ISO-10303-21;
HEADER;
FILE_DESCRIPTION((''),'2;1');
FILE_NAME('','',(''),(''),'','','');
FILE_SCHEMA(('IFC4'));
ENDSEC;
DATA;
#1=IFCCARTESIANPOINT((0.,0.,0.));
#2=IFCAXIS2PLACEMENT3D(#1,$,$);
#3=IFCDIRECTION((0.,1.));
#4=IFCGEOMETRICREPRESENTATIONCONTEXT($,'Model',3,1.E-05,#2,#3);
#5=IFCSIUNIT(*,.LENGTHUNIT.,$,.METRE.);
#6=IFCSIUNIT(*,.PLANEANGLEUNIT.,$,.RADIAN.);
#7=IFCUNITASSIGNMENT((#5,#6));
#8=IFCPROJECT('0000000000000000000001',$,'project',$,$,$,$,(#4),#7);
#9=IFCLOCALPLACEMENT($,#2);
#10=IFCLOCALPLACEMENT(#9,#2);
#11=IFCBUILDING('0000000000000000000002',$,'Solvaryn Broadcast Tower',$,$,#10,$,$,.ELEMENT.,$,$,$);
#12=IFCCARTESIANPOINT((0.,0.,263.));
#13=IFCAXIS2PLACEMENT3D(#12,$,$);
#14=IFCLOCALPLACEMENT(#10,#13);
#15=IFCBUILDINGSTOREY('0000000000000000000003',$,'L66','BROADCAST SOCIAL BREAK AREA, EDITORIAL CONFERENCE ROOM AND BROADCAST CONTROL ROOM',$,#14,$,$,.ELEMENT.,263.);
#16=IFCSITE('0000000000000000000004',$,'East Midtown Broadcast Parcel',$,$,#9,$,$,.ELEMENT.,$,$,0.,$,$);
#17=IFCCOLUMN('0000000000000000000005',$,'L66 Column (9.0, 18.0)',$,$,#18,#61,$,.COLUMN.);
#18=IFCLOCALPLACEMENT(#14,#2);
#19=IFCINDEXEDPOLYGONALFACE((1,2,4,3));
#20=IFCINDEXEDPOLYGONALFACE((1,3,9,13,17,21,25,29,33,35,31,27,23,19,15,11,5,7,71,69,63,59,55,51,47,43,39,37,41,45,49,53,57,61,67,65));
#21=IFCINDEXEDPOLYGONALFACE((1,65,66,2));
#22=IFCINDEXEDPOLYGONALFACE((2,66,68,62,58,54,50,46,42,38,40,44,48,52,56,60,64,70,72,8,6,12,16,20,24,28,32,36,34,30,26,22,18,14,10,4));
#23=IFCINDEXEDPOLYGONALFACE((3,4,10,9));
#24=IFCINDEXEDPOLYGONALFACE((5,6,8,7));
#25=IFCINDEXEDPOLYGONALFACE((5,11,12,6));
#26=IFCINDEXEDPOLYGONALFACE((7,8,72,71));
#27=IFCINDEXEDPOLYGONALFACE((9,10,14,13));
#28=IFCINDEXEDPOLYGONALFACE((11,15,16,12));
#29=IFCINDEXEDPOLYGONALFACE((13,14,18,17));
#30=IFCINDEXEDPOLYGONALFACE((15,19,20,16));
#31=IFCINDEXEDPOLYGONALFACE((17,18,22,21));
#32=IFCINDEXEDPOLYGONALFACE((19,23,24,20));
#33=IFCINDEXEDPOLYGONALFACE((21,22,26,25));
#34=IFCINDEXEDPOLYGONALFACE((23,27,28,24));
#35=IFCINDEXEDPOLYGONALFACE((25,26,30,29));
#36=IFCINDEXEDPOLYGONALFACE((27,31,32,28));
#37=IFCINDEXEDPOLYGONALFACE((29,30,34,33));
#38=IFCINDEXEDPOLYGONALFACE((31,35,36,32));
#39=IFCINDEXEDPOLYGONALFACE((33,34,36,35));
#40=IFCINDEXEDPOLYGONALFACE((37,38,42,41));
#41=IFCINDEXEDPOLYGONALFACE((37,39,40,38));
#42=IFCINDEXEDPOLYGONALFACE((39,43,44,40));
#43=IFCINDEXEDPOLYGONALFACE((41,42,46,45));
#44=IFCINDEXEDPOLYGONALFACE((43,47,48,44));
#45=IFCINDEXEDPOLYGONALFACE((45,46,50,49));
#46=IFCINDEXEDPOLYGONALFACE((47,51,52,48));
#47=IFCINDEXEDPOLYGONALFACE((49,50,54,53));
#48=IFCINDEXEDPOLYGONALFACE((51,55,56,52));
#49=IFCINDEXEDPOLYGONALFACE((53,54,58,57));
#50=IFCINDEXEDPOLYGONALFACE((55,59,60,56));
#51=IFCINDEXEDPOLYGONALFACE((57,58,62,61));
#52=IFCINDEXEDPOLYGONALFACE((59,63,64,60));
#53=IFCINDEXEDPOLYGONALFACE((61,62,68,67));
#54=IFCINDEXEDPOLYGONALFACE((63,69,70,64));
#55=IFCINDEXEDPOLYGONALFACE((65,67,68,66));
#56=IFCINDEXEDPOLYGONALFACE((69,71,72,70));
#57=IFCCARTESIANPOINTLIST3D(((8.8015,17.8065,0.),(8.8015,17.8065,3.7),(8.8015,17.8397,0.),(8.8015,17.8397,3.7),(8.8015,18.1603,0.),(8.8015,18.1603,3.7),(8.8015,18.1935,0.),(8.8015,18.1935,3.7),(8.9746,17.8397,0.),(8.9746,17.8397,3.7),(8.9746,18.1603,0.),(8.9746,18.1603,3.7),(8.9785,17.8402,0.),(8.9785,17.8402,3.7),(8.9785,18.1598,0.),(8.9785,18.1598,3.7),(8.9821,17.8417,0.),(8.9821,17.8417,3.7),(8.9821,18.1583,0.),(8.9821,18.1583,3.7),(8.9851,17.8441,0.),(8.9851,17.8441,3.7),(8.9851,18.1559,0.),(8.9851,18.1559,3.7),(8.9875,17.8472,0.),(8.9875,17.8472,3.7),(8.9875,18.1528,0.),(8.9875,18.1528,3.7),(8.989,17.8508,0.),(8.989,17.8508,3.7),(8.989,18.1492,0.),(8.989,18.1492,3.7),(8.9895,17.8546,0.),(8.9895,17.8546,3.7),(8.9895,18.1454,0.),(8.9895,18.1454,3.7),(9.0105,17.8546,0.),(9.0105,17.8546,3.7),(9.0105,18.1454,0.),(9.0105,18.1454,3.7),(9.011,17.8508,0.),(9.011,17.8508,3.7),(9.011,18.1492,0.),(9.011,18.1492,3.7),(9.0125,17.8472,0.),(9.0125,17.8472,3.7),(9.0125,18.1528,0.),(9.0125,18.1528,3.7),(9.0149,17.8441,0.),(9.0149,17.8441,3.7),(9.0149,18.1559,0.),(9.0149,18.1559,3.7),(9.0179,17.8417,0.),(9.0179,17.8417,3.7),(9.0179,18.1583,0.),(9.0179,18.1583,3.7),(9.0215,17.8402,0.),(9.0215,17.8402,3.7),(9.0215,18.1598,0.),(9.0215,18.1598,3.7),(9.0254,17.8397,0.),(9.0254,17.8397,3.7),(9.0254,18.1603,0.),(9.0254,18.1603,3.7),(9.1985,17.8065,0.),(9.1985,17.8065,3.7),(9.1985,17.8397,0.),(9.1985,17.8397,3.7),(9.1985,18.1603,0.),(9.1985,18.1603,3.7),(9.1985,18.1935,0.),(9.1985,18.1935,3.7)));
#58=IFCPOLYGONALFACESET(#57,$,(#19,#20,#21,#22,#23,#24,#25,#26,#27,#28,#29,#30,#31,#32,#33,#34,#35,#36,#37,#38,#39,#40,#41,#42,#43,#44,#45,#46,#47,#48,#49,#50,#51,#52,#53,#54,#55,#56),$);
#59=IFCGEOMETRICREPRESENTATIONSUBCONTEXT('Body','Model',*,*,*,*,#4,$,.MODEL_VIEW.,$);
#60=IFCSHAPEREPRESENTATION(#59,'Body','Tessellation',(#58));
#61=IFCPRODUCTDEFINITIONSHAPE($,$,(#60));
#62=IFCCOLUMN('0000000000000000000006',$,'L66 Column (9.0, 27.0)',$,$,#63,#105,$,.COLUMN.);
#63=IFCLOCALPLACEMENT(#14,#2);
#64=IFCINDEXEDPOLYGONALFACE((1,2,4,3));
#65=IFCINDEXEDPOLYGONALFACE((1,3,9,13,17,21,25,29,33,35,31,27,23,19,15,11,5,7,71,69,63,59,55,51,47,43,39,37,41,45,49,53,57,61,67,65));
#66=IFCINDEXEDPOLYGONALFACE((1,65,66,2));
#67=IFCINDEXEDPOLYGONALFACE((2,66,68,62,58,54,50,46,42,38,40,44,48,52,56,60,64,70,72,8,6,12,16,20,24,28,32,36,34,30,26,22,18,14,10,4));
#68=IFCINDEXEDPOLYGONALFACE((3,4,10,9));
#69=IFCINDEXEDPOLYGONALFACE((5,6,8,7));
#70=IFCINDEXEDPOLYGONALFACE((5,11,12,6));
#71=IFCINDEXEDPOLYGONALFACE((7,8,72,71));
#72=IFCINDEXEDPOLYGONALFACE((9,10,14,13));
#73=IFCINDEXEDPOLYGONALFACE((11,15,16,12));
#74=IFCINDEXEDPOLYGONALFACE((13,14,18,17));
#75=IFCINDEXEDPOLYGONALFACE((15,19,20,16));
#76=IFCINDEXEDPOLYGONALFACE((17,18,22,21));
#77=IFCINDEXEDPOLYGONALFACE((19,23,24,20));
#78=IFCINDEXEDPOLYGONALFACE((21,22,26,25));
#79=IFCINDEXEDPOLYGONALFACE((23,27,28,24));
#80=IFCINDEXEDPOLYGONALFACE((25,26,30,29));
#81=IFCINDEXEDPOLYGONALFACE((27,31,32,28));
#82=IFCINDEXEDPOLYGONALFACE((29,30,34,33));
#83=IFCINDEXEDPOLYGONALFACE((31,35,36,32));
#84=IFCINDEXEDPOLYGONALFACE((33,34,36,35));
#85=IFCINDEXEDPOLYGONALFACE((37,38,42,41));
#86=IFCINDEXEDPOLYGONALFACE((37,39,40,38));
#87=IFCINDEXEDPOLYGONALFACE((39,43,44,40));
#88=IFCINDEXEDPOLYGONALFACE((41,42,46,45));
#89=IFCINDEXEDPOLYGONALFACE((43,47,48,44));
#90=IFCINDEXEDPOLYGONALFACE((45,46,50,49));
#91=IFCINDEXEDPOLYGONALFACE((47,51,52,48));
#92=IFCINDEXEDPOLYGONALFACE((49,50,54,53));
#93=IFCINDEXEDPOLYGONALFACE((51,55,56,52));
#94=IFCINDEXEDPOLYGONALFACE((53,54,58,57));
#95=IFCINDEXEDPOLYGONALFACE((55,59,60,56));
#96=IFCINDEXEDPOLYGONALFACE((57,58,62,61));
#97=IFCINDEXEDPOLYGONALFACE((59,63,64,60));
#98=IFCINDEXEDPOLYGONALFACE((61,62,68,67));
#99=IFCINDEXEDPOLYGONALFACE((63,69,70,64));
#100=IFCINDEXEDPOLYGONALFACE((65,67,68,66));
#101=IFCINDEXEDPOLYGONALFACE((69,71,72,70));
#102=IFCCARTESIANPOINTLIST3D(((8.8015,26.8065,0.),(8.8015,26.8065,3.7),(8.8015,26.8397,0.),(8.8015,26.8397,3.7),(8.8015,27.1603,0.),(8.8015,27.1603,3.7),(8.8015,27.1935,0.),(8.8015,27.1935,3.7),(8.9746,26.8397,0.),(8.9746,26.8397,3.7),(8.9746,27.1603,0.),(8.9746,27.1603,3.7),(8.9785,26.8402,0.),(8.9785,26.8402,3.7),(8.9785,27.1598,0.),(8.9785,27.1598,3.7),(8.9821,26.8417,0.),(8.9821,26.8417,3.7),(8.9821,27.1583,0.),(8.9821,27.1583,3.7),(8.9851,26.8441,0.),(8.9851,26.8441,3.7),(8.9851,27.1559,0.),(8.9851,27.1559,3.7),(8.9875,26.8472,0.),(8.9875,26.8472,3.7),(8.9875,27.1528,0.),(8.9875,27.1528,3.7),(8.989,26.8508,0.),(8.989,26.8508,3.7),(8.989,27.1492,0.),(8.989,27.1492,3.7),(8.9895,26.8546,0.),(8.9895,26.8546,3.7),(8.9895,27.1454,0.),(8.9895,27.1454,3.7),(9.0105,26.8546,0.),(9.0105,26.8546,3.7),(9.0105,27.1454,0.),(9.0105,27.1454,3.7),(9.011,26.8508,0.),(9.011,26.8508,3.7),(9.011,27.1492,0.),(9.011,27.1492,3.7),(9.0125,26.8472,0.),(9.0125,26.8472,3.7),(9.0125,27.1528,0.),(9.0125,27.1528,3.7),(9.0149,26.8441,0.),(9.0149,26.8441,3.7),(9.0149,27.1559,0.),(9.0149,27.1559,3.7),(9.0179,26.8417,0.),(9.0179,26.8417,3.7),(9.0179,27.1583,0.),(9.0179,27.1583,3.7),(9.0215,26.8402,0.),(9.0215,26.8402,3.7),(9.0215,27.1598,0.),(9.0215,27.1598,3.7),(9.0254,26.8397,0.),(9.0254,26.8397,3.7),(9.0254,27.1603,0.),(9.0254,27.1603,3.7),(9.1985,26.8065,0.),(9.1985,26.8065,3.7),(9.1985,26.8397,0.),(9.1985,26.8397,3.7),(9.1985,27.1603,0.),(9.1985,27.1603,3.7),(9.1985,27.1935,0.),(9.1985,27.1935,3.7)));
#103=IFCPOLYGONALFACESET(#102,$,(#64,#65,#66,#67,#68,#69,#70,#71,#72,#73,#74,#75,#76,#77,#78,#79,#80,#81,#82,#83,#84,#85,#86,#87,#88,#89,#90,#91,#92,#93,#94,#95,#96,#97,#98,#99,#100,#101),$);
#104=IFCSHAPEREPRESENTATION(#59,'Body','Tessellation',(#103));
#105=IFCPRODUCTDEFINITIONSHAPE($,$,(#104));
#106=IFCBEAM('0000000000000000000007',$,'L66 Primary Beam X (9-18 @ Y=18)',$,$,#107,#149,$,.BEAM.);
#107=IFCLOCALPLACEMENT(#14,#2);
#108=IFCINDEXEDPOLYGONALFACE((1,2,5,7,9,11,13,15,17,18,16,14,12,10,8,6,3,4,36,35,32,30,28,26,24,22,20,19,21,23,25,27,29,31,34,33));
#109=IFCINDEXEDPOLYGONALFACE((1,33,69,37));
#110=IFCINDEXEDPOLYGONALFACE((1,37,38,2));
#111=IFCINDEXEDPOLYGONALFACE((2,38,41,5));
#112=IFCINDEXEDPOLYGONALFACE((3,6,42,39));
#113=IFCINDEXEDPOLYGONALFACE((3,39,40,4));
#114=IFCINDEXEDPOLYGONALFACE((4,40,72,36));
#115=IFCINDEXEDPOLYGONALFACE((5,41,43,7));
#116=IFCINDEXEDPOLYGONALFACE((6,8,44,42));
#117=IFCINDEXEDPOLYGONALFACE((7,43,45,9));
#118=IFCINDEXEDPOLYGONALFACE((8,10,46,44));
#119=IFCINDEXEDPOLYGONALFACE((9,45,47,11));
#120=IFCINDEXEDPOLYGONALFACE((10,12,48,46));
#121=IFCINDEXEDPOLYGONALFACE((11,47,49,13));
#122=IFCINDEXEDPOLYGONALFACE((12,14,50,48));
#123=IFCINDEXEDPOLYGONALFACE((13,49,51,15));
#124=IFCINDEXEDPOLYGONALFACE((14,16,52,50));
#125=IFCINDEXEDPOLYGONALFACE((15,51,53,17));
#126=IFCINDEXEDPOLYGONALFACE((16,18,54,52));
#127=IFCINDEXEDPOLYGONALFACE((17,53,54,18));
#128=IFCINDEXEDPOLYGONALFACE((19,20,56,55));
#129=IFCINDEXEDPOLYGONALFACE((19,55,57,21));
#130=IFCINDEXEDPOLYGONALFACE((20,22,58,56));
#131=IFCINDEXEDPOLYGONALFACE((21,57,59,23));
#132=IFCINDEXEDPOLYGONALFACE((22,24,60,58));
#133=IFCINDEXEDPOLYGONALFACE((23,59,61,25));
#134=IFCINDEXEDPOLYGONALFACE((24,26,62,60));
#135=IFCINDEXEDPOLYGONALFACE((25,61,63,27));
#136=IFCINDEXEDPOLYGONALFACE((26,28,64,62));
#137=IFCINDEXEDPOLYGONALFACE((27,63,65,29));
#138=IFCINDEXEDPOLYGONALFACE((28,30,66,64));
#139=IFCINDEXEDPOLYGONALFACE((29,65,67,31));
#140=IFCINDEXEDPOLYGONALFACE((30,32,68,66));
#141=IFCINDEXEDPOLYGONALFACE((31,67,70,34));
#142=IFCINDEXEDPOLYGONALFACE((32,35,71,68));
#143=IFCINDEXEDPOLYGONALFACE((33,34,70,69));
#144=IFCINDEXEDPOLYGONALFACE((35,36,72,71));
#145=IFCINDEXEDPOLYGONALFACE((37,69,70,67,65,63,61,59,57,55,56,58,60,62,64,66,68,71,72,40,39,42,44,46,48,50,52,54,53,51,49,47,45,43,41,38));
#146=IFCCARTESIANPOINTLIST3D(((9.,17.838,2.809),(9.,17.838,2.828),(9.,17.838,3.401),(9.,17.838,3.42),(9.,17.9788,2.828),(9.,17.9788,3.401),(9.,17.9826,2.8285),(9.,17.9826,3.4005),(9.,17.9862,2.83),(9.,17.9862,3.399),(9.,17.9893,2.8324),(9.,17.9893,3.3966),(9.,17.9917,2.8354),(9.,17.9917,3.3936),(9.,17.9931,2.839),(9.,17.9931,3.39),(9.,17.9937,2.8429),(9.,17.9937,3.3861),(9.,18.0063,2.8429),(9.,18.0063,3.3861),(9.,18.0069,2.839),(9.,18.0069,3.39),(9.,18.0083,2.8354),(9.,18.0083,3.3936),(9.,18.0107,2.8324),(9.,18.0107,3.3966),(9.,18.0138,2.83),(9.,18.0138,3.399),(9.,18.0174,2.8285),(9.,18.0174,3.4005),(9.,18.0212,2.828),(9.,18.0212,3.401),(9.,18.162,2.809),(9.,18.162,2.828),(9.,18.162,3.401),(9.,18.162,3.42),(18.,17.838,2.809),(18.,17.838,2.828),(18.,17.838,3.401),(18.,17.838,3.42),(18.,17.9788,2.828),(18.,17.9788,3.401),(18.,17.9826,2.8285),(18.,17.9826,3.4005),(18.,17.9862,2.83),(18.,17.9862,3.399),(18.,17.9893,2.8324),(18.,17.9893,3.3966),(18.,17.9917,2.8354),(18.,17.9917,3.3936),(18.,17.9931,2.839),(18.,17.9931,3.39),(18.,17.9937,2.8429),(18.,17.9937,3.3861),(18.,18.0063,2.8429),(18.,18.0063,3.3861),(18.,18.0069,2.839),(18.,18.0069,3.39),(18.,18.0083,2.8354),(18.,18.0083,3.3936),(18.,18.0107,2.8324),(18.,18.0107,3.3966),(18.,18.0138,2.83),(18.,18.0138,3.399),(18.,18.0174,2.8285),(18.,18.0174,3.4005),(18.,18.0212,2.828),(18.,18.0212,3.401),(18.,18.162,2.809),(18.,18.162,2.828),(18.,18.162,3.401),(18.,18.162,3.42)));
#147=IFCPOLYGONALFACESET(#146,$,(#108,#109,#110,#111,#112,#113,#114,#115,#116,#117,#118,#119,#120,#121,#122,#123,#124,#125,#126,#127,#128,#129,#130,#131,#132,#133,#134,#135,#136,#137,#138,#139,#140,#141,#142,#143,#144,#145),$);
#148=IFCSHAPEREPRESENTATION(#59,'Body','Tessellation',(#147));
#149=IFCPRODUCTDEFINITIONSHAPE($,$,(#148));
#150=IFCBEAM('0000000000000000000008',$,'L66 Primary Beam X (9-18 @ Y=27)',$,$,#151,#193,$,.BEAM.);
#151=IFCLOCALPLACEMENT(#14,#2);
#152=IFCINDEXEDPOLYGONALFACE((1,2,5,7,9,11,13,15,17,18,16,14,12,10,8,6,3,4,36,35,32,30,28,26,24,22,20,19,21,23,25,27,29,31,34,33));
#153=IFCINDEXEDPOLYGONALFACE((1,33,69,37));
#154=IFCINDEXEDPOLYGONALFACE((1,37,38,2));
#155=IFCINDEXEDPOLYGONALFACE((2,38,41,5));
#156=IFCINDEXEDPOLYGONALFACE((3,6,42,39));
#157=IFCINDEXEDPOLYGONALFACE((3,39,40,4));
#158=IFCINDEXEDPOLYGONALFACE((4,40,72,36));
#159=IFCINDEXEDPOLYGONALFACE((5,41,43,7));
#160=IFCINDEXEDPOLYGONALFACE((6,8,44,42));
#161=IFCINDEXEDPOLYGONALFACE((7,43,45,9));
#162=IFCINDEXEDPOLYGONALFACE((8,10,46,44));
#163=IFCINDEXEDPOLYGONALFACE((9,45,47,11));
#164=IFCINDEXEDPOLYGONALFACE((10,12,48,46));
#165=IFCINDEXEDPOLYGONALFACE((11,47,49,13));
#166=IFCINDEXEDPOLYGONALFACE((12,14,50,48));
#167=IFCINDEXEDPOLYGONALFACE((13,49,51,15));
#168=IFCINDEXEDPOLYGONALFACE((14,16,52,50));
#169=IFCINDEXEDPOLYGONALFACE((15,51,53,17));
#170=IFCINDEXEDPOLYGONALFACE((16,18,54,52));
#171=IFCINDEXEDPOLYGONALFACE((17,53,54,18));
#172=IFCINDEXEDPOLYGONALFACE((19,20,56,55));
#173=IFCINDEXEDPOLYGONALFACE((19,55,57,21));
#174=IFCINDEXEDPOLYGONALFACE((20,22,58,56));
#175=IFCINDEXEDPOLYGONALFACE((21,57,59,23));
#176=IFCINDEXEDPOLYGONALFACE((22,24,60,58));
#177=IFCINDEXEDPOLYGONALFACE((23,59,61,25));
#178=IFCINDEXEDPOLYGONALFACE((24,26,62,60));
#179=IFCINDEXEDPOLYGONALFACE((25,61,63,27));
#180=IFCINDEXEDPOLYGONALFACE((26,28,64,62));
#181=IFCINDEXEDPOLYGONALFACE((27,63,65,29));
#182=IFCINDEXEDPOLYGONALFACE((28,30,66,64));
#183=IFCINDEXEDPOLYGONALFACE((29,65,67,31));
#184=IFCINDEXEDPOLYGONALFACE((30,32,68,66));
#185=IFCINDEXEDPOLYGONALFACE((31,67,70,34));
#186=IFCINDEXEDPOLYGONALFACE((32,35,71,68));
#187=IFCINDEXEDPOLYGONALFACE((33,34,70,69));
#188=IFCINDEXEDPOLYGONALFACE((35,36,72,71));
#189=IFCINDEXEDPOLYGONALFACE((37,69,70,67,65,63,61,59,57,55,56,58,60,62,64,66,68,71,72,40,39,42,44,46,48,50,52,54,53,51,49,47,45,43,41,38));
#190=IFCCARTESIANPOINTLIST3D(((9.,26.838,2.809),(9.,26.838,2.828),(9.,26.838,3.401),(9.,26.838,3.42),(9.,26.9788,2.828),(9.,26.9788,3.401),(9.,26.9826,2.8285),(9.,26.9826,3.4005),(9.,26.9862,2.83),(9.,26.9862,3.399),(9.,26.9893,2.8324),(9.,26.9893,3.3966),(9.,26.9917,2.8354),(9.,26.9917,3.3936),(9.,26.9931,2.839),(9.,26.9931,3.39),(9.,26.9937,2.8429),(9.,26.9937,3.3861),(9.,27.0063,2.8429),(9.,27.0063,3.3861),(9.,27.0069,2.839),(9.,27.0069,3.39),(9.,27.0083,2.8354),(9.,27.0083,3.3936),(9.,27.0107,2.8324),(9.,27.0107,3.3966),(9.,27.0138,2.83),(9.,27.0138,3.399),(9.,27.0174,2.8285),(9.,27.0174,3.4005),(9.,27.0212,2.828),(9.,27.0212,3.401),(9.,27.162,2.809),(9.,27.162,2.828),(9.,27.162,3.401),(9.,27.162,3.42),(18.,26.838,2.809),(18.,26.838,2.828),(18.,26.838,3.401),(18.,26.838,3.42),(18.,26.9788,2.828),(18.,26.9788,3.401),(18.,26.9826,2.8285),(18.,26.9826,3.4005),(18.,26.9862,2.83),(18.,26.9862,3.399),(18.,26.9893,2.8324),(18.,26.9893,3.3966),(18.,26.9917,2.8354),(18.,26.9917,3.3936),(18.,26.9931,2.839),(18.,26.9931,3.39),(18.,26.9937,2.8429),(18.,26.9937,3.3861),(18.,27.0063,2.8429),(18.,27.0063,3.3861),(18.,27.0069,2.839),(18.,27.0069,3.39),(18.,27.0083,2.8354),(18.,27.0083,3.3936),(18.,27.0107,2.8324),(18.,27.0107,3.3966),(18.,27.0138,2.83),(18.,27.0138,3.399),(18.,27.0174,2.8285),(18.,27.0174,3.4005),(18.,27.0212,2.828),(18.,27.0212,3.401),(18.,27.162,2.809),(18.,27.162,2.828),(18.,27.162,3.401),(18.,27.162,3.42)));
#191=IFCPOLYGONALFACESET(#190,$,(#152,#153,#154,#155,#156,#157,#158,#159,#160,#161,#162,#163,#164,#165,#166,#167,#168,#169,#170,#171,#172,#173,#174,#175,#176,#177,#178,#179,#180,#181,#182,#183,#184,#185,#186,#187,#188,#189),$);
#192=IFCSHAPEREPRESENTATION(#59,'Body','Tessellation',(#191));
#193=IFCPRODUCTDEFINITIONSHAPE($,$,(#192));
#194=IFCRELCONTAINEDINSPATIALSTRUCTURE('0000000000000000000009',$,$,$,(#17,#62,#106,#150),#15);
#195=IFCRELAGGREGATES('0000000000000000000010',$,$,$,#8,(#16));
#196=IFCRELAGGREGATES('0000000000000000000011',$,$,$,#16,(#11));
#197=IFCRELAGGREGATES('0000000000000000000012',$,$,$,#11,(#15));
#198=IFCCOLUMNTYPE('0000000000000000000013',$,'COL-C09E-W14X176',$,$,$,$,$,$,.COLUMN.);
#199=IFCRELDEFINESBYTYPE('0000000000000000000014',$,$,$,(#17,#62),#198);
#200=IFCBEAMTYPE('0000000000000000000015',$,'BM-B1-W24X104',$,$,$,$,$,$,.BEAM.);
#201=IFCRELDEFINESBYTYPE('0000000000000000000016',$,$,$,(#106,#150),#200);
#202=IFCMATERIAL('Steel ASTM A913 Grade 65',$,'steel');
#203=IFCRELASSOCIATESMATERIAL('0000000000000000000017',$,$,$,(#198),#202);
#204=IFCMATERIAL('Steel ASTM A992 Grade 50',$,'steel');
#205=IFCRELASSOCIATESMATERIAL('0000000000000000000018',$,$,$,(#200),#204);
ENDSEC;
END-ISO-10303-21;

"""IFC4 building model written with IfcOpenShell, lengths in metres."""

from ifc_helpers import new_model, si_unit, direction, frame, origin, origin_2d, place, context, subcontext, project, spatial, i_section, extrude, material, material_profile, profile_set, type_object, element, save


model = new_model("IFC4")

# Units and contexts
model_context = context("Model", 3, precision=1e-05, world=origin(), true_north=direction((0.0, 1.0)))
body_context = subcontext(model_context, "Body", "Model", "MODEL_VIEW")
ifc_project = project(units=[si_unit("LENGTHUNIT", "METRE"), si_unit("PLANEANGLEUNIT", "RADIAN")], contexts=[model_context])

# Site, building, storey
site_placement = place(None, origin())
site = spatial("IfcSite", under=ifc_project, at=site_placement, Name="East Midtown Broadcast Parcel", CompositionType="ELEMENT", RefElevation=0.0)
building_placement = place(site_placement, origin())
building = spatial("IfcBuilding", under=site, at=building_placement, Name="Solvaryn Broadcast Tower", CompositionType="ELEMENT")
storey_placement = place(building_placement, frame((0.0, 0.0, 263.0)))
storey = spatial("IfcBuildingStorey", under=building, at=storey_placement, Name="L66", Description="BROADCAST SOCIAL BREAK AREA, EDITORIAL CONFERENCE ROOM AND BROADCAST CONTROL ROOM", CompositionType="ELEMENT", Elevation=263.0)

# Columns
ifc_material_1 = material(Name="Steel ASTM A913 Grade 65", Category="steel")
ifc_material_profile_1 = material_profile(ifc_material_1, i_section(OverallWidth=0.397, OverallDepth=0.387, WebThickness=0.021, FlangeThickness=0.0332, FilletRadius=0.0149, at=origin_2d()))
ifc_profile_set_1 = profile_set([ifc_material_profile_1], Name="Steel ASTM A913 Grade 65")
column_type = type_object("IfcColumnType", Name="COL-C09E-W14X176", PredefinedType="COLUMN", material=ifc_profile_set_1)
for number, where, z_axis, x_axis, name in (
    (1, (9.0, 18.0, 0.0), (0.0, 0.0, 1.0), (1.0, 0.0, 0.0), "L66 Column (9.0, 18.0)"),
    (2, (9.0, 27.0, 0.0), (0.0, 0.0, 1.0), (1.0, 0.0, 0.0), "L66 Column (9.0, 27.0)"),
):
    element("IfcColumn", number, at=place(storey_placement, frame(where, z_axis=z_axis, x_axis=x_axis)), inside=storey, type_object=column_type, Name=name, PredefinedType="COLUMN", context=body_context, shape_type="SweptSolid", body=[
        extrude(i_section(OverallWidth=0.397, OverallDepth=0.387, WebThickness=0.021, FlangeThickness=0.0332, FilletRadius=0.0149, at=origin_2d()), origin(), (0.0, 0.0, 1.0), 3.7),
    ])

# Beams
ifc_material_2 = material(Name="Steel ASTM A992 Grade 50", Category="steel")
ifc_material_profile_2 = material_profile(ifc_material_2, i_section(OverallWidth=0.324, OverallDepth=0.6111, WebThickness=0.0127, FlangeThickness=0.019, FilletRadius=0.0149, at=origin_2d()))
ifc_profile_set_2 = profile_set([ifc_material_profile_2], Name="Steel ASTM A992 Grade 50")
beam_type_1 = type_object("IfcBeamType", Name="BM-B1-W24X104", PredefinedType="BEAM", material=ifc_profile_set_2)
for number, where, z_axis, x_axis, name in (
    (3, (9.0, 18.0, 3.1145), (1.0, 0.0, 0.0), (0.0, 1.0, 0.0), "L66 Primary Beam X (9-18 @ Y=18)"),
    (4, (9.0, 27.0, 3.1145), (1.0, 0.0, 0.0), (0.0, 1.0, 0.0), "L66 Primary Beam X (9-18 @ Y=27)"),
):
    element("IfcBeam", number, at=place(storey_placement, frame(where, z_axis=z_axis, x_axis=x_axis)), inside=storey, type_object=beam_type_1, Name=name, PredefinedType="BEAM", context=body_context, shape_type="SweptSolid", body=[
        extrude(i_section(OverallWidth=0.324, OverallDepth=0.6111, WebThickness=0.0127, FlangeThickness=0.019, FilletRadius=0.0149, at=origin_2d()), origin(), (0.0, 0.0, 1.0), 9.0),
    ])

save(model, "model.ifc")
